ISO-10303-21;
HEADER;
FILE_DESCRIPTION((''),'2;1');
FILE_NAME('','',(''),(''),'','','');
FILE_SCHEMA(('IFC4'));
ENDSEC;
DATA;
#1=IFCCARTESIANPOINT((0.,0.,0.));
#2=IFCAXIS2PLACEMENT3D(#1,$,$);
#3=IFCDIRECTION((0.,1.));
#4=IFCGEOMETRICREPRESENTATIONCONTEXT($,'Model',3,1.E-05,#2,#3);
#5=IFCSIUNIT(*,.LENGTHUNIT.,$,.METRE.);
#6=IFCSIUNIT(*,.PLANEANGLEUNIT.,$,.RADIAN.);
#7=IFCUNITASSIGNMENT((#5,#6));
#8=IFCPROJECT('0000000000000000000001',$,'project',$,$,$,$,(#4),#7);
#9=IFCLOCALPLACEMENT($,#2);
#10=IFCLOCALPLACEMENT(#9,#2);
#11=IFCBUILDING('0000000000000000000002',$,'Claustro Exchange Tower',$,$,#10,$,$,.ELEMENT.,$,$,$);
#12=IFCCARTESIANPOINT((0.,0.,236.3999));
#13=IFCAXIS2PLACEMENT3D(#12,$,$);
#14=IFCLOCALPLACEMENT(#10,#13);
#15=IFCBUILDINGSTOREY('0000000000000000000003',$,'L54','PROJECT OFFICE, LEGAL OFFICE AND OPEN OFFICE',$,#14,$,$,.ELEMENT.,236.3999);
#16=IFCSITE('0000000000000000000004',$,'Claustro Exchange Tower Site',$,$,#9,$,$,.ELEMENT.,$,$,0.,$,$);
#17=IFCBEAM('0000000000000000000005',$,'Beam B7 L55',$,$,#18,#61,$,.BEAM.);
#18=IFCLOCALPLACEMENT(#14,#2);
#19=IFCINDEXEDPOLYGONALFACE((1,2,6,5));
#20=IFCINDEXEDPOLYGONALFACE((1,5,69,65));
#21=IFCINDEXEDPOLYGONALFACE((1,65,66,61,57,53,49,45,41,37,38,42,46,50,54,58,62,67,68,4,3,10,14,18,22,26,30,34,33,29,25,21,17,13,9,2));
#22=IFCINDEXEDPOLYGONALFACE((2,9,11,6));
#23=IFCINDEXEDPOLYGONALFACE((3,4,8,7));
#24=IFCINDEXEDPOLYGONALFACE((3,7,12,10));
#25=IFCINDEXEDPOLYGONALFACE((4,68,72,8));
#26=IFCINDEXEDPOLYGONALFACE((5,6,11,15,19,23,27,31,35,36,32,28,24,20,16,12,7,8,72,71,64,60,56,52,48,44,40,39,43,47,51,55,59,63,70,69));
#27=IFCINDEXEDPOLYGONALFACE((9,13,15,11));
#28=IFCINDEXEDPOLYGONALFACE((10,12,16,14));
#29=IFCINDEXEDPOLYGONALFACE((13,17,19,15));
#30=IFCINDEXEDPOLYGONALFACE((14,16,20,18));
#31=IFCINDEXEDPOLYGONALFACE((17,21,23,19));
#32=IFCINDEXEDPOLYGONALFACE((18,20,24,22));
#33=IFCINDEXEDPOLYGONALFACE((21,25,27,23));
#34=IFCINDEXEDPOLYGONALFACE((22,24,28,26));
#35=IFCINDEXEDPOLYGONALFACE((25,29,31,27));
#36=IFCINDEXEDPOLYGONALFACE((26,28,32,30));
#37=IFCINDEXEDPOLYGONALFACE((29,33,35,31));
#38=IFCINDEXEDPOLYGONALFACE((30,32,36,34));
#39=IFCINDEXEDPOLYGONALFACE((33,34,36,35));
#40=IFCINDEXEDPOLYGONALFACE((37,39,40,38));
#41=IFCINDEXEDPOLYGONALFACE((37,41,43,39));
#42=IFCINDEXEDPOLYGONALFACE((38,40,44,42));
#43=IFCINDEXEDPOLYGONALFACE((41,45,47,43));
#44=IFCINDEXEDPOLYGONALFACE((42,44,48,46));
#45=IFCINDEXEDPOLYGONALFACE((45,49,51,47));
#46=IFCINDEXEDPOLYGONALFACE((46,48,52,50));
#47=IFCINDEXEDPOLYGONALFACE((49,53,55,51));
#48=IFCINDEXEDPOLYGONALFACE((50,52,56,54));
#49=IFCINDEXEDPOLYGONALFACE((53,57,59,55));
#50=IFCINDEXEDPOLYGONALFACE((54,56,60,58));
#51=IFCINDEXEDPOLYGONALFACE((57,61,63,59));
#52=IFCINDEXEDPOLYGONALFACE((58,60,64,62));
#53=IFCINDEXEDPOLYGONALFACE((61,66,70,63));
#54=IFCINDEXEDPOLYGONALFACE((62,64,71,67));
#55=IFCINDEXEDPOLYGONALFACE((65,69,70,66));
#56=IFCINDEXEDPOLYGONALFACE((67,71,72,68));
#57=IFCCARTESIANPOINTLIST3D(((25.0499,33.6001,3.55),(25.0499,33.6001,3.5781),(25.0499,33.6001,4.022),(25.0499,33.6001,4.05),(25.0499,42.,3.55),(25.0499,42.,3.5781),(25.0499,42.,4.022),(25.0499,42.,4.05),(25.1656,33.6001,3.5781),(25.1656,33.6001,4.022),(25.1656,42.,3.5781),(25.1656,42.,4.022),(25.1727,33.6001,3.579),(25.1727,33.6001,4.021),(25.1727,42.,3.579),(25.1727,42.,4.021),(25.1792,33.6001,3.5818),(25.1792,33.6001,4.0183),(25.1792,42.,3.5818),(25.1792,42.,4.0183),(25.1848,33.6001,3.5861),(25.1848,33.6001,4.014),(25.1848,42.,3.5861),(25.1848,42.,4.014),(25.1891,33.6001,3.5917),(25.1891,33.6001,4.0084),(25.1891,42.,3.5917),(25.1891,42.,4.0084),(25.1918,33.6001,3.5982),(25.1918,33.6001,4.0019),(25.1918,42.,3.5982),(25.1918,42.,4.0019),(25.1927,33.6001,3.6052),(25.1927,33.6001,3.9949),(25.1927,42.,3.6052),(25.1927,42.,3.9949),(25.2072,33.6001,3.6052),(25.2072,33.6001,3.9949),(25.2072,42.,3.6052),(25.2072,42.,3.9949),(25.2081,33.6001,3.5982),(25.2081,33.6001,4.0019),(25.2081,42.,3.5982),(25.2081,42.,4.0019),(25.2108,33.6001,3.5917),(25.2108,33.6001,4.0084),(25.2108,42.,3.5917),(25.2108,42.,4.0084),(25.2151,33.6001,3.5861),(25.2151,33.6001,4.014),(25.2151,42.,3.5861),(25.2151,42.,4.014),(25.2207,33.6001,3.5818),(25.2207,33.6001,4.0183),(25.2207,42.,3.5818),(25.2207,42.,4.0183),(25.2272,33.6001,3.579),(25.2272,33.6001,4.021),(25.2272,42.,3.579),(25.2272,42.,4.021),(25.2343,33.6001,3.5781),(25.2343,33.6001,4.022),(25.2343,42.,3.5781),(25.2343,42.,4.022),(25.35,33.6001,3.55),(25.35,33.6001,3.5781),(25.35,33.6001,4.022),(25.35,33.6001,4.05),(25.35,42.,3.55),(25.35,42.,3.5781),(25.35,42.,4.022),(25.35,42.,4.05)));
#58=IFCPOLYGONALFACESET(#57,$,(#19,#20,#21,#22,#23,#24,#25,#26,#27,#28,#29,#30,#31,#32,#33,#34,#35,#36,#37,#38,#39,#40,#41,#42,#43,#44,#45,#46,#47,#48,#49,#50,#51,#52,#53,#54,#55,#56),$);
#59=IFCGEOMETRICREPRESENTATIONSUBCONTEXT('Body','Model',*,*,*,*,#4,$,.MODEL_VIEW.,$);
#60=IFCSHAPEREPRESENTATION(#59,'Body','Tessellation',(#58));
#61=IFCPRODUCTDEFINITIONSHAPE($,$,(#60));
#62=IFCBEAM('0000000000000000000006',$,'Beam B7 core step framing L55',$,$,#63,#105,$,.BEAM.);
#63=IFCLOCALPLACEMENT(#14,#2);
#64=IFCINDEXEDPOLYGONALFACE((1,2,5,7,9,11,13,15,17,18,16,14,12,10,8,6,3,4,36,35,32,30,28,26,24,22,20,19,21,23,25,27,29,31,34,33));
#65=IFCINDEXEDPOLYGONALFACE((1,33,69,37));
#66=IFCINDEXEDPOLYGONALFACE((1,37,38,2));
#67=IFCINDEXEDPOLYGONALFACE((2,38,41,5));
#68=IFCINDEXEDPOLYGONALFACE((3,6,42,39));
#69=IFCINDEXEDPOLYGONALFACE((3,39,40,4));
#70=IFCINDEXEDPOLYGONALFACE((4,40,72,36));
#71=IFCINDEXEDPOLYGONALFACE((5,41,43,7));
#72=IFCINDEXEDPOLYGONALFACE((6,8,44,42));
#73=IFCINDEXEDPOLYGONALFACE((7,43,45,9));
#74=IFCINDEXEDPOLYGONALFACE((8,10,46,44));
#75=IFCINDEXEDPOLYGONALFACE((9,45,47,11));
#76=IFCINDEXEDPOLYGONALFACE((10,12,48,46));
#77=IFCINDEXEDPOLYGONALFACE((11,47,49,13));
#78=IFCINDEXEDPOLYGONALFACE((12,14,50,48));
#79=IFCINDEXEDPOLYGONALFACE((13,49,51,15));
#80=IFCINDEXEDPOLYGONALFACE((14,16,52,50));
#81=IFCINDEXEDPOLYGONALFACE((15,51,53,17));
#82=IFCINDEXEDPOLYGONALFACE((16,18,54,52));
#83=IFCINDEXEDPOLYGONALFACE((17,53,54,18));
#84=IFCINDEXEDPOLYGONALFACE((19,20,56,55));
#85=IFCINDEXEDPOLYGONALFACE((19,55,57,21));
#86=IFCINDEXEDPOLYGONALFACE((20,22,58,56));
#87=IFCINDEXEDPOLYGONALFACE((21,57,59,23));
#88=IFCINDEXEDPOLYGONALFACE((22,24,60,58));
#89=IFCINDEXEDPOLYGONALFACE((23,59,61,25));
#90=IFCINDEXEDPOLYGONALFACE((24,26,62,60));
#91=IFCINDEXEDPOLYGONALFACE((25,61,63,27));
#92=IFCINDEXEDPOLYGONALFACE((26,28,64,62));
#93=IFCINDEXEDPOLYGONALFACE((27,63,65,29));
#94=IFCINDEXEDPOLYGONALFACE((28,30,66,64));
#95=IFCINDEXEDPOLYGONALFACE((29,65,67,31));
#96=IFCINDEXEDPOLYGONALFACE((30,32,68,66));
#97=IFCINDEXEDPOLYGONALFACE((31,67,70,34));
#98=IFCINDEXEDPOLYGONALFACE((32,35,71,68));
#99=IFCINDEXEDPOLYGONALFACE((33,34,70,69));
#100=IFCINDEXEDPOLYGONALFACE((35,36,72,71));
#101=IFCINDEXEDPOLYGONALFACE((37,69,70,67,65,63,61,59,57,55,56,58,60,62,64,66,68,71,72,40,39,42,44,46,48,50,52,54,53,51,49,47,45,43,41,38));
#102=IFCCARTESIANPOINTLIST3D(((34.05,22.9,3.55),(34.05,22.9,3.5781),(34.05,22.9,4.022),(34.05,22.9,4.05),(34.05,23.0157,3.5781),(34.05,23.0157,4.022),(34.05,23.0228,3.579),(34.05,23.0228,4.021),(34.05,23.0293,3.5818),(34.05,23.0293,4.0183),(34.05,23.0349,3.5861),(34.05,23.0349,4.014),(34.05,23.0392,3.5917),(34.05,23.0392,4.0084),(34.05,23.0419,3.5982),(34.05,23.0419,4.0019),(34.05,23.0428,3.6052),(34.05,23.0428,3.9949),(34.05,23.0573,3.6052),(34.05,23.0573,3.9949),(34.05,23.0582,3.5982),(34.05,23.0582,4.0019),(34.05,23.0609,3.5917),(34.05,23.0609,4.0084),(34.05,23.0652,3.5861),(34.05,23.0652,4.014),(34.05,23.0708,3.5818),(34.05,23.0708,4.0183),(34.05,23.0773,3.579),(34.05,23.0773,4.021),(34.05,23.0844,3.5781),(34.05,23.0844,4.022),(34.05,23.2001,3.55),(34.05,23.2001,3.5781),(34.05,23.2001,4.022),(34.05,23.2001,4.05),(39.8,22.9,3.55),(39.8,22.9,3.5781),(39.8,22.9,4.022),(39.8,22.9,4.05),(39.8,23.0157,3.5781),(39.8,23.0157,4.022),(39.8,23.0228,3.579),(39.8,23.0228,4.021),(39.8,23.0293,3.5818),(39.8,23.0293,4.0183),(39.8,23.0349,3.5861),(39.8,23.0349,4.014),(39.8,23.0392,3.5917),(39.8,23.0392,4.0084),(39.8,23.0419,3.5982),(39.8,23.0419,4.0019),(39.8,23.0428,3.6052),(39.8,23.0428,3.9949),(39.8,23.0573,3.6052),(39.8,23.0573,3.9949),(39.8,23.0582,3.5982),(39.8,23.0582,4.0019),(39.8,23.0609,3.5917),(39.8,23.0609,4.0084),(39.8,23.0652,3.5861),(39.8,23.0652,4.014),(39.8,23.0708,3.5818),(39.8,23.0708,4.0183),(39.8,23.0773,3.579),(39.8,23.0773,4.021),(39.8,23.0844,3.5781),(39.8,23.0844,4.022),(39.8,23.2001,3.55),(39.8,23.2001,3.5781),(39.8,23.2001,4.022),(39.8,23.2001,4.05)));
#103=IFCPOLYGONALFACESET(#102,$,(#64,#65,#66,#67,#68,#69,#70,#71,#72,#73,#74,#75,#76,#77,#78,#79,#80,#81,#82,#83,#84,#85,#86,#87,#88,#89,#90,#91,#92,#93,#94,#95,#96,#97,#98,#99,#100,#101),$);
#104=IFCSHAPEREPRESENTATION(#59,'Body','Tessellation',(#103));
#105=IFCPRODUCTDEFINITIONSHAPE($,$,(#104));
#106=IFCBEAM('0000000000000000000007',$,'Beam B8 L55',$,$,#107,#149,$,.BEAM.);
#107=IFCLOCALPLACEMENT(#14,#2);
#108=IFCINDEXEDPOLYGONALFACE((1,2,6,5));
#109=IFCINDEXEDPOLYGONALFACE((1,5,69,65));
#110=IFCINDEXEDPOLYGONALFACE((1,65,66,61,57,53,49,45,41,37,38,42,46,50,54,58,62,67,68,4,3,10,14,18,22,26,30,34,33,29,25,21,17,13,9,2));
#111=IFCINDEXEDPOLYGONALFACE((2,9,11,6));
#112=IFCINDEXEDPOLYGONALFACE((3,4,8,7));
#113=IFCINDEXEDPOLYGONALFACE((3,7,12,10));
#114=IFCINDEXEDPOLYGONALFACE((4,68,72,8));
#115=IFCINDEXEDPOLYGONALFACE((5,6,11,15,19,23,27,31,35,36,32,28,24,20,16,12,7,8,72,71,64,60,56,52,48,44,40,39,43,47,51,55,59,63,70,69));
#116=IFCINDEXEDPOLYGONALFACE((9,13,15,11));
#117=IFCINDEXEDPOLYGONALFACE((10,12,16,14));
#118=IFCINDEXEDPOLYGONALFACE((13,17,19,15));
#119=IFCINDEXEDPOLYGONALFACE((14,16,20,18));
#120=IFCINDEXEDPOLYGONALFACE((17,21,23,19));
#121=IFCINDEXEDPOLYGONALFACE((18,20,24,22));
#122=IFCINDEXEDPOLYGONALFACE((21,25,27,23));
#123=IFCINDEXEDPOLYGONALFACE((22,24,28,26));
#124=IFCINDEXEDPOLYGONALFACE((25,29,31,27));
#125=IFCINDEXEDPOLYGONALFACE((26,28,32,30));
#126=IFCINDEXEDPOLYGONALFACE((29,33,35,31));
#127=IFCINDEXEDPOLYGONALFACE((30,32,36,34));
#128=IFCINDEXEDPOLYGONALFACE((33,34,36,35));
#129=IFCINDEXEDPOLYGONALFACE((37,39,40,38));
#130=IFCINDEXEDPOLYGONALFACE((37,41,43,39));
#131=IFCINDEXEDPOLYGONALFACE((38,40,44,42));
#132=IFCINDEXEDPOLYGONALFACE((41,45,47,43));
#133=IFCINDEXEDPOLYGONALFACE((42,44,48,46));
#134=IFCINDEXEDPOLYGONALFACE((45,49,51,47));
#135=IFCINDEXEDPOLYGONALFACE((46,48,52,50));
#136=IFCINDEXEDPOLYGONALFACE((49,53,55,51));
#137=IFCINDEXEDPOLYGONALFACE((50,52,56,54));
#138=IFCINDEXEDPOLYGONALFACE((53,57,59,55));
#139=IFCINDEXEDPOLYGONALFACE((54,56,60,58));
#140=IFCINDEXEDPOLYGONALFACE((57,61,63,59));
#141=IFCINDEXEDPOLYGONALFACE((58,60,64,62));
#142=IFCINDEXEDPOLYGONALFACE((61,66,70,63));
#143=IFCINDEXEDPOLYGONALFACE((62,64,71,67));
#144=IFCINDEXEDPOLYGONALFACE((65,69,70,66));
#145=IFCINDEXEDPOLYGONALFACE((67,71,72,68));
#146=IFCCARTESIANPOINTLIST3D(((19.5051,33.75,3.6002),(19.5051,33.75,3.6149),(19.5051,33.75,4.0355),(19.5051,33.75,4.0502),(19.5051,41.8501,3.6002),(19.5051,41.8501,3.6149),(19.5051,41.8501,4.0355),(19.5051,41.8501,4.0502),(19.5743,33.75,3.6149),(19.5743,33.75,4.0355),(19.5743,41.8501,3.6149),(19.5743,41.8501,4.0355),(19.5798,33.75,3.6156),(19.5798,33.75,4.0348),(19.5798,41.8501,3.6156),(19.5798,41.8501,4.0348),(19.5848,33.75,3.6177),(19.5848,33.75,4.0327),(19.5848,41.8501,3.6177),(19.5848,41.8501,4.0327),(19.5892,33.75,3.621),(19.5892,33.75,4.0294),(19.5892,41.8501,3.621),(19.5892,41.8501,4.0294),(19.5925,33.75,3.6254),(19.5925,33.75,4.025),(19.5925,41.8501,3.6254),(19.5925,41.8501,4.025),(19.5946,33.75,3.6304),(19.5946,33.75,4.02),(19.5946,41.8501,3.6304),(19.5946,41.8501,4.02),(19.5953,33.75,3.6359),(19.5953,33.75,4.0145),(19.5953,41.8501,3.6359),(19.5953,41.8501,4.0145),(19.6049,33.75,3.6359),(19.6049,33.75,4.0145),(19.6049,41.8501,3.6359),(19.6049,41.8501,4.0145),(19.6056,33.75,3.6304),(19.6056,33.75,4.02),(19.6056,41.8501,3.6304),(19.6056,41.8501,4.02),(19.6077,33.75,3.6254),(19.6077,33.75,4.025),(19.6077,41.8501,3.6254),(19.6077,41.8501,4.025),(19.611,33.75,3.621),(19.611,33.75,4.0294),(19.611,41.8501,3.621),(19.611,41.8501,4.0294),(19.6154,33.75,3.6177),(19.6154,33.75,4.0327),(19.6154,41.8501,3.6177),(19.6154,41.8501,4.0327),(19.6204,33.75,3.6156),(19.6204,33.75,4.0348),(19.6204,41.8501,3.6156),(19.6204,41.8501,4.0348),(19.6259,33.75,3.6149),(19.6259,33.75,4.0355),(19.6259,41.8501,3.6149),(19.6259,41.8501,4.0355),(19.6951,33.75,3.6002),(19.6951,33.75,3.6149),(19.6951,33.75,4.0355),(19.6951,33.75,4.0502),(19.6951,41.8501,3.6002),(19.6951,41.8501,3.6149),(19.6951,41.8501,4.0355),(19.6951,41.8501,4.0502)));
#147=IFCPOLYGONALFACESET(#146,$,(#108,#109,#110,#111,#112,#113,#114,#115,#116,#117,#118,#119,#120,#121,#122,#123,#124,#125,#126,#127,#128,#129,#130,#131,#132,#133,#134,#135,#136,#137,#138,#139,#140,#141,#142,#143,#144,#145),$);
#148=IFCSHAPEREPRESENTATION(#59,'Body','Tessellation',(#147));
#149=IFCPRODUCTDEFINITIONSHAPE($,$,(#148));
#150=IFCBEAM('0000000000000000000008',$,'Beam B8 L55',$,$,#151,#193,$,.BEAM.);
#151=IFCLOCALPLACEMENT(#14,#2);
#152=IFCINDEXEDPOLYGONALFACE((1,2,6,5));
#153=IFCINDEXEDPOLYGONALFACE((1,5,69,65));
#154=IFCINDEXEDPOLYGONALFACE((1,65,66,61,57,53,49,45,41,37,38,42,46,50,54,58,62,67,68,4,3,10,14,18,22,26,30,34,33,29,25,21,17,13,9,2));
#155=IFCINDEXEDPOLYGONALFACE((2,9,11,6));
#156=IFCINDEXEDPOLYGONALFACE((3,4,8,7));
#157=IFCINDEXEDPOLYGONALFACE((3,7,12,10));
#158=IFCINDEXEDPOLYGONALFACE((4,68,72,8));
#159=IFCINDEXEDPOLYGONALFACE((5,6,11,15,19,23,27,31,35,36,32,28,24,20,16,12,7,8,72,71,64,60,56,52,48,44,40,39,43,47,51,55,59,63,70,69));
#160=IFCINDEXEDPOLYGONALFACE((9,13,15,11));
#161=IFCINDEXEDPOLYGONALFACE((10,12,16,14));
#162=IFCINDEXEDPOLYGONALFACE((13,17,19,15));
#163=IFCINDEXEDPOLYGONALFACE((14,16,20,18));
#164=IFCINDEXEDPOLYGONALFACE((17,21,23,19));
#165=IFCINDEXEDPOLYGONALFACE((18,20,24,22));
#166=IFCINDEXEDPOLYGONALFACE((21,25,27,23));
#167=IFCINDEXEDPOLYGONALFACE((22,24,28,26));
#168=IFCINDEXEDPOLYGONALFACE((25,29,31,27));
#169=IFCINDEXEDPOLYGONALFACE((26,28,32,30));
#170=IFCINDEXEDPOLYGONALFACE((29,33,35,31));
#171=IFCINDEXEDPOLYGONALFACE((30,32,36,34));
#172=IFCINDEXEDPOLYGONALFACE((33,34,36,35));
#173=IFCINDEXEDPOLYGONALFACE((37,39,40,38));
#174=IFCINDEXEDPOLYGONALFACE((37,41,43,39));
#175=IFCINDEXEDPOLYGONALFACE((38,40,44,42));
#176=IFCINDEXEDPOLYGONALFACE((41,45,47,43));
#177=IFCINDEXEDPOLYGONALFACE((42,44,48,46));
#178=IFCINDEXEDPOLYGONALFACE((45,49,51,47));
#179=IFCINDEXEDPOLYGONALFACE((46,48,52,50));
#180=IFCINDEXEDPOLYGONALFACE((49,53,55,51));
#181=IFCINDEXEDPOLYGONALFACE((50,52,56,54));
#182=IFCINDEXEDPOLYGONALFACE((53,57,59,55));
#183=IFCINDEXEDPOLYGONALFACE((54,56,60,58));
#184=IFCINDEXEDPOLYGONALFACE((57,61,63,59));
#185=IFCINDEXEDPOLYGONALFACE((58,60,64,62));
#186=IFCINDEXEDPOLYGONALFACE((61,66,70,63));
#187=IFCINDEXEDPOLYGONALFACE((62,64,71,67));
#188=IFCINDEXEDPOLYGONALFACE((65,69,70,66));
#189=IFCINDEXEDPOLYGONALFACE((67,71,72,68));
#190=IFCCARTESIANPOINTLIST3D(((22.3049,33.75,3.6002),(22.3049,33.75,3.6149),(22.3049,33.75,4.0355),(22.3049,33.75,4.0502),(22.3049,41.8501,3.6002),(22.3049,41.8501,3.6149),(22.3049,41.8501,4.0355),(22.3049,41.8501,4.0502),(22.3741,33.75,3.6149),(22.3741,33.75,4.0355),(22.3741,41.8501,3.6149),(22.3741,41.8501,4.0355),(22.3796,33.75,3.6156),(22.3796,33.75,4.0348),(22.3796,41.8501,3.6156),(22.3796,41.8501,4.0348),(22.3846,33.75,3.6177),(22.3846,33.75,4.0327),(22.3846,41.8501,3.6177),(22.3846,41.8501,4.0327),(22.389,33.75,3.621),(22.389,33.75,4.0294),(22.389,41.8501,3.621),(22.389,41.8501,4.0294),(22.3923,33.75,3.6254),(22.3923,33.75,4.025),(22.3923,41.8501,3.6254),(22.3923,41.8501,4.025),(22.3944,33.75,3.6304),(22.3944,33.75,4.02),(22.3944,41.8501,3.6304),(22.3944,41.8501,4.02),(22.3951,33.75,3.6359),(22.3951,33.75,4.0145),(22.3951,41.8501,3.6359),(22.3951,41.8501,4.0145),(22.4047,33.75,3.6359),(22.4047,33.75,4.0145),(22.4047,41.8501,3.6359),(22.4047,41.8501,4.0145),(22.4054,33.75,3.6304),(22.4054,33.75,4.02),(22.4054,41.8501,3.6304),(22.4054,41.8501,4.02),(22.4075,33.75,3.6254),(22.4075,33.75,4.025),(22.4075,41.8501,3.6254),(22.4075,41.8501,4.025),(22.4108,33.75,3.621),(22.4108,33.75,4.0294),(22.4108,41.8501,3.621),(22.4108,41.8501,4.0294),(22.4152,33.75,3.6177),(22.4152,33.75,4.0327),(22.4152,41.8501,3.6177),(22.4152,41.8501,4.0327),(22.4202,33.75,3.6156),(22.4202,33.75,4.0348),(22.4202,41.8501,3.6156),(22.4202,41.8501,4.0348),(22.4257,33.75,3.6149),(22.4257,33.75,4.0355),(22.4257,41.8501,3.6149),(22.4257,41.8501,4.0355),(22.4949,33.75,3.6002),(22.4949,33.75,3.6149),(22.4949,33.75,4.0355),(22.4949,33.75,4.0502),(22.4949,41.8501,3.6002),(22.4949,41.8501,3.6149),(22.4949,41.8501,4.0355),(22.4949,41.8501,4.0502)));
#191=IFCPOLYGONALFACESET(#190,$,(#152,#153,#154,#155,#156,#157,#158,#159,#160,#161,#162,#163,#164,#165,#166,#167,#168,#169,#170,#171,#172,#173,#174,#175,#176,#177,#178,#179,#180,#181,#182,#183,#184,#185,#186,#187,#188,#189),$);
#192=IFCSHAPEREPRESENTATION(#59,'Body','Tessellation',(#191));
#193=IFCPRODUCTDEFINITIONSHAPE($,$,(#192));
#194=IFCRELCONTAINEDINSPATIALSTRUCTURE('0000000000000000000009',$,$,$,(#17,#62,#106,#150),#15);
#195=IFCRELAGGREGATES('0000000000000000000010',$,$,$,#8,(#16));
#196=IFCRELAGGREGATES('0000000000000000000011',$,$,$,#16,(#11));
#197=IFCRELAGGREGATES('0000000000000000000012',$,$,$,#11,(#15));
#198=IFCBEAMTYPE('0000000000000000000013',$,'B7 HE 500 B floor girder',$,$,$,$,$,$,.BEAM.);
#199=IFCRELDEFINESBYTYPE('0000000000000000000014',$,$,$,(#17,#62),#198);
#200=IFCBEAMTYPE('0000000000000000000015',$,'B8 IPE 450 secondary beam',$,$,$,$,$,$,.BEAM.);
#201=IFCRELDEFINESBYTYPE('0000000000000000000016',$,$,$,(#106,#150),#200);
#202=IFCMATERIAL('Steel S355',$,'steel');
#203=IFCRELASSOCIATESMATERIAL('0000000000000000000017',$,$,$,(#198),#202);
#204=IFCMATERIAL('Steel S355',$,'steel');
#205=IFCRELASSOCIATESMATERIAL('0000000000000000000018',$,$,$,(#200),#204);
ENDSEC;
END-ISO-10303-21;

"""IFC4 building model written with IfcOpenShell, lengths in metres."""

from ifc_helpers import new_model, si_unit, direction, frame, origin, origin_2d, place, context, subcontext, project, spatial, i_section, extrude, material, material_profile, profile_set, type_object, element, save


model = new_model("IFC4")

# Units and contexts
model_context = context("Model", 3, precision=1e-05, world=origin(), true_north=direction((0.0, 1.0)))
body_context = subcontext(model_context, "Body", "Model", "MODEL_VIEW")
ifc_project = project(units=[si_unit("LENGTHUNIT", "METRE"), si_unit("PLANEANGLEUNIT", "RADIAN")], contexts=[model_context])

# Site, building, storey
site_placement = place(None, origin())
site = spatial("IfcSite", under=ifc_project, at=site_placement, Name="Claustro Exchange Tower Site", CompositionType="ELEMENT", RefElevation=0.0)
building_placement = place(site_placement, origin())
building = spatial("IfcBuilding", under=site, at=building_placement, Name="Claustro Exchange Tower", CompositionType="ELEMENT")
storey_placement = place(building_placement, frame((0.0, 0.0, 236.3999)))
storey = spatial("IfcBuildingStorey", under=building, at=storey_placement, Name="L54", Description="PROJECT OFFICE, LEGAL OFFICE AND OPEN OFFICE", CompositionType="ELEMENT", Elevation=236.3999)

# Beams
ifc_material_1 = material(Name="Steel S355", Category="steel")
ifc_material_profile_1 = material_profile(ifc_material_1, i_section(OverallWidth=0.3, OverallDepth=0.5, WebThickness=0.0144, FlangeThickness=0.0281, FilletRadius=0.0271, at=origin_2d()), Name="HE 500 B")
ifc_profile_set_1 = profile_set([ifc_material_profile_1], Name="Steel S355")
beam_type_1 = type_object("IfcBeamType", Name="B7 HE 500 B floor girder", PredefinedType="BEAM", material=ifc_profile_set_1)
beam_1_placement = place(storey_placement, frame((25.2, 33.6001, 3.8), z_axis=(0.0, 1.0, 0.0), x_axis=(-1.0, 0.0, 0.0)))
element("IfcBeam", 1, at=beam_1_placement, inside=storey, type_object=beam_type_1, Name="Beam B7 L55", PredefinedType="BEAM", context=body_context, shape_type="SweptSolid", body=[
    extrude(i_section(OverallWidth=0.3, OverallDepth=0.5, WebThickness=0.0144, FlangeThickness=0.0281, FilletRadius=0.0271, at=origin_2d()), origin(), (0.0, 0.0, 1.0), 8.3999),
])
beam_2_placement = place(storey_placement, frame((34.05, 23.05, 3.8), z_axis=(1.0, 0.0, 0.0), x_axis=(0.0, 1.0, 0.0)))
element("IfcBeam", 2, at=beam_2_placement, inside=storey, type_object=beam_type_1, Name="Beam B7 core step framing L55", PredefinedType="BEAM", context=body_context, shape_type="SweptSolid", body=[
    extrude(i_section(OverallWidth=0.3, OverallDepth=0.5, WebThickness=0.0144, FlangeThickness=0.0281, FilletRadius=0.0271, at=origin_2d()), origin(), (0.0, 0.0, 1.0), 5.75),
])
ifc_material_2 = material(Name="Steel S355", Category="steel")
ifc_material_profile_2 = material_profile(ifc_material_2, i_section(OverallWidth=0.1899, OverallDepth=0.45, WebThickness=0.0095, FlangeThickness=0.0146, FilletRadius=0.021, at=origin_2d()), Name="IPE 450")
ifc_profile_set_2 = profile_set([ifc_material_profile_2], Name="Steel S355")
beam_type_2 = type_object("IfcBeamType", Name="B8 IPE 450 secondary beam", PredefinedType="BEAM", material=ifc_profile_set_2)
for number, where, z_axis, x_axis, name in (
    (3, (19.6001, 33.75, 3.8252), (0.0, 1.0, 0.0), (-1.0, 0.0, 0.0), "Beam B8 L55"),
    (4, (22.3999, 33.75, 3.8252), (0.0, 1.0, 0.0), (-1.0, 0.0, 0.0), "Beam B8 L55"),
):
    element("IfcBeam", number, at=place(storey_placement, frame(where, z_axis=z_axis, x_axis=x_axis)), inside=storey, type_object=beam_type_2, Name=name, PredefinedType="BEAM", context=body_context, shape_type="SweptSolid", body=[
        extrude(i_section(OverallWidth=0.1899, OverallDepth=0.45, WebThickness=0.0095, FlangeThickness=0.0146, FilletRadius=0.021, at=origin_2d()), origin(), (0.0, 0.0, 1.0), 8.1001),
    ])

save(model, "model.ifc")
